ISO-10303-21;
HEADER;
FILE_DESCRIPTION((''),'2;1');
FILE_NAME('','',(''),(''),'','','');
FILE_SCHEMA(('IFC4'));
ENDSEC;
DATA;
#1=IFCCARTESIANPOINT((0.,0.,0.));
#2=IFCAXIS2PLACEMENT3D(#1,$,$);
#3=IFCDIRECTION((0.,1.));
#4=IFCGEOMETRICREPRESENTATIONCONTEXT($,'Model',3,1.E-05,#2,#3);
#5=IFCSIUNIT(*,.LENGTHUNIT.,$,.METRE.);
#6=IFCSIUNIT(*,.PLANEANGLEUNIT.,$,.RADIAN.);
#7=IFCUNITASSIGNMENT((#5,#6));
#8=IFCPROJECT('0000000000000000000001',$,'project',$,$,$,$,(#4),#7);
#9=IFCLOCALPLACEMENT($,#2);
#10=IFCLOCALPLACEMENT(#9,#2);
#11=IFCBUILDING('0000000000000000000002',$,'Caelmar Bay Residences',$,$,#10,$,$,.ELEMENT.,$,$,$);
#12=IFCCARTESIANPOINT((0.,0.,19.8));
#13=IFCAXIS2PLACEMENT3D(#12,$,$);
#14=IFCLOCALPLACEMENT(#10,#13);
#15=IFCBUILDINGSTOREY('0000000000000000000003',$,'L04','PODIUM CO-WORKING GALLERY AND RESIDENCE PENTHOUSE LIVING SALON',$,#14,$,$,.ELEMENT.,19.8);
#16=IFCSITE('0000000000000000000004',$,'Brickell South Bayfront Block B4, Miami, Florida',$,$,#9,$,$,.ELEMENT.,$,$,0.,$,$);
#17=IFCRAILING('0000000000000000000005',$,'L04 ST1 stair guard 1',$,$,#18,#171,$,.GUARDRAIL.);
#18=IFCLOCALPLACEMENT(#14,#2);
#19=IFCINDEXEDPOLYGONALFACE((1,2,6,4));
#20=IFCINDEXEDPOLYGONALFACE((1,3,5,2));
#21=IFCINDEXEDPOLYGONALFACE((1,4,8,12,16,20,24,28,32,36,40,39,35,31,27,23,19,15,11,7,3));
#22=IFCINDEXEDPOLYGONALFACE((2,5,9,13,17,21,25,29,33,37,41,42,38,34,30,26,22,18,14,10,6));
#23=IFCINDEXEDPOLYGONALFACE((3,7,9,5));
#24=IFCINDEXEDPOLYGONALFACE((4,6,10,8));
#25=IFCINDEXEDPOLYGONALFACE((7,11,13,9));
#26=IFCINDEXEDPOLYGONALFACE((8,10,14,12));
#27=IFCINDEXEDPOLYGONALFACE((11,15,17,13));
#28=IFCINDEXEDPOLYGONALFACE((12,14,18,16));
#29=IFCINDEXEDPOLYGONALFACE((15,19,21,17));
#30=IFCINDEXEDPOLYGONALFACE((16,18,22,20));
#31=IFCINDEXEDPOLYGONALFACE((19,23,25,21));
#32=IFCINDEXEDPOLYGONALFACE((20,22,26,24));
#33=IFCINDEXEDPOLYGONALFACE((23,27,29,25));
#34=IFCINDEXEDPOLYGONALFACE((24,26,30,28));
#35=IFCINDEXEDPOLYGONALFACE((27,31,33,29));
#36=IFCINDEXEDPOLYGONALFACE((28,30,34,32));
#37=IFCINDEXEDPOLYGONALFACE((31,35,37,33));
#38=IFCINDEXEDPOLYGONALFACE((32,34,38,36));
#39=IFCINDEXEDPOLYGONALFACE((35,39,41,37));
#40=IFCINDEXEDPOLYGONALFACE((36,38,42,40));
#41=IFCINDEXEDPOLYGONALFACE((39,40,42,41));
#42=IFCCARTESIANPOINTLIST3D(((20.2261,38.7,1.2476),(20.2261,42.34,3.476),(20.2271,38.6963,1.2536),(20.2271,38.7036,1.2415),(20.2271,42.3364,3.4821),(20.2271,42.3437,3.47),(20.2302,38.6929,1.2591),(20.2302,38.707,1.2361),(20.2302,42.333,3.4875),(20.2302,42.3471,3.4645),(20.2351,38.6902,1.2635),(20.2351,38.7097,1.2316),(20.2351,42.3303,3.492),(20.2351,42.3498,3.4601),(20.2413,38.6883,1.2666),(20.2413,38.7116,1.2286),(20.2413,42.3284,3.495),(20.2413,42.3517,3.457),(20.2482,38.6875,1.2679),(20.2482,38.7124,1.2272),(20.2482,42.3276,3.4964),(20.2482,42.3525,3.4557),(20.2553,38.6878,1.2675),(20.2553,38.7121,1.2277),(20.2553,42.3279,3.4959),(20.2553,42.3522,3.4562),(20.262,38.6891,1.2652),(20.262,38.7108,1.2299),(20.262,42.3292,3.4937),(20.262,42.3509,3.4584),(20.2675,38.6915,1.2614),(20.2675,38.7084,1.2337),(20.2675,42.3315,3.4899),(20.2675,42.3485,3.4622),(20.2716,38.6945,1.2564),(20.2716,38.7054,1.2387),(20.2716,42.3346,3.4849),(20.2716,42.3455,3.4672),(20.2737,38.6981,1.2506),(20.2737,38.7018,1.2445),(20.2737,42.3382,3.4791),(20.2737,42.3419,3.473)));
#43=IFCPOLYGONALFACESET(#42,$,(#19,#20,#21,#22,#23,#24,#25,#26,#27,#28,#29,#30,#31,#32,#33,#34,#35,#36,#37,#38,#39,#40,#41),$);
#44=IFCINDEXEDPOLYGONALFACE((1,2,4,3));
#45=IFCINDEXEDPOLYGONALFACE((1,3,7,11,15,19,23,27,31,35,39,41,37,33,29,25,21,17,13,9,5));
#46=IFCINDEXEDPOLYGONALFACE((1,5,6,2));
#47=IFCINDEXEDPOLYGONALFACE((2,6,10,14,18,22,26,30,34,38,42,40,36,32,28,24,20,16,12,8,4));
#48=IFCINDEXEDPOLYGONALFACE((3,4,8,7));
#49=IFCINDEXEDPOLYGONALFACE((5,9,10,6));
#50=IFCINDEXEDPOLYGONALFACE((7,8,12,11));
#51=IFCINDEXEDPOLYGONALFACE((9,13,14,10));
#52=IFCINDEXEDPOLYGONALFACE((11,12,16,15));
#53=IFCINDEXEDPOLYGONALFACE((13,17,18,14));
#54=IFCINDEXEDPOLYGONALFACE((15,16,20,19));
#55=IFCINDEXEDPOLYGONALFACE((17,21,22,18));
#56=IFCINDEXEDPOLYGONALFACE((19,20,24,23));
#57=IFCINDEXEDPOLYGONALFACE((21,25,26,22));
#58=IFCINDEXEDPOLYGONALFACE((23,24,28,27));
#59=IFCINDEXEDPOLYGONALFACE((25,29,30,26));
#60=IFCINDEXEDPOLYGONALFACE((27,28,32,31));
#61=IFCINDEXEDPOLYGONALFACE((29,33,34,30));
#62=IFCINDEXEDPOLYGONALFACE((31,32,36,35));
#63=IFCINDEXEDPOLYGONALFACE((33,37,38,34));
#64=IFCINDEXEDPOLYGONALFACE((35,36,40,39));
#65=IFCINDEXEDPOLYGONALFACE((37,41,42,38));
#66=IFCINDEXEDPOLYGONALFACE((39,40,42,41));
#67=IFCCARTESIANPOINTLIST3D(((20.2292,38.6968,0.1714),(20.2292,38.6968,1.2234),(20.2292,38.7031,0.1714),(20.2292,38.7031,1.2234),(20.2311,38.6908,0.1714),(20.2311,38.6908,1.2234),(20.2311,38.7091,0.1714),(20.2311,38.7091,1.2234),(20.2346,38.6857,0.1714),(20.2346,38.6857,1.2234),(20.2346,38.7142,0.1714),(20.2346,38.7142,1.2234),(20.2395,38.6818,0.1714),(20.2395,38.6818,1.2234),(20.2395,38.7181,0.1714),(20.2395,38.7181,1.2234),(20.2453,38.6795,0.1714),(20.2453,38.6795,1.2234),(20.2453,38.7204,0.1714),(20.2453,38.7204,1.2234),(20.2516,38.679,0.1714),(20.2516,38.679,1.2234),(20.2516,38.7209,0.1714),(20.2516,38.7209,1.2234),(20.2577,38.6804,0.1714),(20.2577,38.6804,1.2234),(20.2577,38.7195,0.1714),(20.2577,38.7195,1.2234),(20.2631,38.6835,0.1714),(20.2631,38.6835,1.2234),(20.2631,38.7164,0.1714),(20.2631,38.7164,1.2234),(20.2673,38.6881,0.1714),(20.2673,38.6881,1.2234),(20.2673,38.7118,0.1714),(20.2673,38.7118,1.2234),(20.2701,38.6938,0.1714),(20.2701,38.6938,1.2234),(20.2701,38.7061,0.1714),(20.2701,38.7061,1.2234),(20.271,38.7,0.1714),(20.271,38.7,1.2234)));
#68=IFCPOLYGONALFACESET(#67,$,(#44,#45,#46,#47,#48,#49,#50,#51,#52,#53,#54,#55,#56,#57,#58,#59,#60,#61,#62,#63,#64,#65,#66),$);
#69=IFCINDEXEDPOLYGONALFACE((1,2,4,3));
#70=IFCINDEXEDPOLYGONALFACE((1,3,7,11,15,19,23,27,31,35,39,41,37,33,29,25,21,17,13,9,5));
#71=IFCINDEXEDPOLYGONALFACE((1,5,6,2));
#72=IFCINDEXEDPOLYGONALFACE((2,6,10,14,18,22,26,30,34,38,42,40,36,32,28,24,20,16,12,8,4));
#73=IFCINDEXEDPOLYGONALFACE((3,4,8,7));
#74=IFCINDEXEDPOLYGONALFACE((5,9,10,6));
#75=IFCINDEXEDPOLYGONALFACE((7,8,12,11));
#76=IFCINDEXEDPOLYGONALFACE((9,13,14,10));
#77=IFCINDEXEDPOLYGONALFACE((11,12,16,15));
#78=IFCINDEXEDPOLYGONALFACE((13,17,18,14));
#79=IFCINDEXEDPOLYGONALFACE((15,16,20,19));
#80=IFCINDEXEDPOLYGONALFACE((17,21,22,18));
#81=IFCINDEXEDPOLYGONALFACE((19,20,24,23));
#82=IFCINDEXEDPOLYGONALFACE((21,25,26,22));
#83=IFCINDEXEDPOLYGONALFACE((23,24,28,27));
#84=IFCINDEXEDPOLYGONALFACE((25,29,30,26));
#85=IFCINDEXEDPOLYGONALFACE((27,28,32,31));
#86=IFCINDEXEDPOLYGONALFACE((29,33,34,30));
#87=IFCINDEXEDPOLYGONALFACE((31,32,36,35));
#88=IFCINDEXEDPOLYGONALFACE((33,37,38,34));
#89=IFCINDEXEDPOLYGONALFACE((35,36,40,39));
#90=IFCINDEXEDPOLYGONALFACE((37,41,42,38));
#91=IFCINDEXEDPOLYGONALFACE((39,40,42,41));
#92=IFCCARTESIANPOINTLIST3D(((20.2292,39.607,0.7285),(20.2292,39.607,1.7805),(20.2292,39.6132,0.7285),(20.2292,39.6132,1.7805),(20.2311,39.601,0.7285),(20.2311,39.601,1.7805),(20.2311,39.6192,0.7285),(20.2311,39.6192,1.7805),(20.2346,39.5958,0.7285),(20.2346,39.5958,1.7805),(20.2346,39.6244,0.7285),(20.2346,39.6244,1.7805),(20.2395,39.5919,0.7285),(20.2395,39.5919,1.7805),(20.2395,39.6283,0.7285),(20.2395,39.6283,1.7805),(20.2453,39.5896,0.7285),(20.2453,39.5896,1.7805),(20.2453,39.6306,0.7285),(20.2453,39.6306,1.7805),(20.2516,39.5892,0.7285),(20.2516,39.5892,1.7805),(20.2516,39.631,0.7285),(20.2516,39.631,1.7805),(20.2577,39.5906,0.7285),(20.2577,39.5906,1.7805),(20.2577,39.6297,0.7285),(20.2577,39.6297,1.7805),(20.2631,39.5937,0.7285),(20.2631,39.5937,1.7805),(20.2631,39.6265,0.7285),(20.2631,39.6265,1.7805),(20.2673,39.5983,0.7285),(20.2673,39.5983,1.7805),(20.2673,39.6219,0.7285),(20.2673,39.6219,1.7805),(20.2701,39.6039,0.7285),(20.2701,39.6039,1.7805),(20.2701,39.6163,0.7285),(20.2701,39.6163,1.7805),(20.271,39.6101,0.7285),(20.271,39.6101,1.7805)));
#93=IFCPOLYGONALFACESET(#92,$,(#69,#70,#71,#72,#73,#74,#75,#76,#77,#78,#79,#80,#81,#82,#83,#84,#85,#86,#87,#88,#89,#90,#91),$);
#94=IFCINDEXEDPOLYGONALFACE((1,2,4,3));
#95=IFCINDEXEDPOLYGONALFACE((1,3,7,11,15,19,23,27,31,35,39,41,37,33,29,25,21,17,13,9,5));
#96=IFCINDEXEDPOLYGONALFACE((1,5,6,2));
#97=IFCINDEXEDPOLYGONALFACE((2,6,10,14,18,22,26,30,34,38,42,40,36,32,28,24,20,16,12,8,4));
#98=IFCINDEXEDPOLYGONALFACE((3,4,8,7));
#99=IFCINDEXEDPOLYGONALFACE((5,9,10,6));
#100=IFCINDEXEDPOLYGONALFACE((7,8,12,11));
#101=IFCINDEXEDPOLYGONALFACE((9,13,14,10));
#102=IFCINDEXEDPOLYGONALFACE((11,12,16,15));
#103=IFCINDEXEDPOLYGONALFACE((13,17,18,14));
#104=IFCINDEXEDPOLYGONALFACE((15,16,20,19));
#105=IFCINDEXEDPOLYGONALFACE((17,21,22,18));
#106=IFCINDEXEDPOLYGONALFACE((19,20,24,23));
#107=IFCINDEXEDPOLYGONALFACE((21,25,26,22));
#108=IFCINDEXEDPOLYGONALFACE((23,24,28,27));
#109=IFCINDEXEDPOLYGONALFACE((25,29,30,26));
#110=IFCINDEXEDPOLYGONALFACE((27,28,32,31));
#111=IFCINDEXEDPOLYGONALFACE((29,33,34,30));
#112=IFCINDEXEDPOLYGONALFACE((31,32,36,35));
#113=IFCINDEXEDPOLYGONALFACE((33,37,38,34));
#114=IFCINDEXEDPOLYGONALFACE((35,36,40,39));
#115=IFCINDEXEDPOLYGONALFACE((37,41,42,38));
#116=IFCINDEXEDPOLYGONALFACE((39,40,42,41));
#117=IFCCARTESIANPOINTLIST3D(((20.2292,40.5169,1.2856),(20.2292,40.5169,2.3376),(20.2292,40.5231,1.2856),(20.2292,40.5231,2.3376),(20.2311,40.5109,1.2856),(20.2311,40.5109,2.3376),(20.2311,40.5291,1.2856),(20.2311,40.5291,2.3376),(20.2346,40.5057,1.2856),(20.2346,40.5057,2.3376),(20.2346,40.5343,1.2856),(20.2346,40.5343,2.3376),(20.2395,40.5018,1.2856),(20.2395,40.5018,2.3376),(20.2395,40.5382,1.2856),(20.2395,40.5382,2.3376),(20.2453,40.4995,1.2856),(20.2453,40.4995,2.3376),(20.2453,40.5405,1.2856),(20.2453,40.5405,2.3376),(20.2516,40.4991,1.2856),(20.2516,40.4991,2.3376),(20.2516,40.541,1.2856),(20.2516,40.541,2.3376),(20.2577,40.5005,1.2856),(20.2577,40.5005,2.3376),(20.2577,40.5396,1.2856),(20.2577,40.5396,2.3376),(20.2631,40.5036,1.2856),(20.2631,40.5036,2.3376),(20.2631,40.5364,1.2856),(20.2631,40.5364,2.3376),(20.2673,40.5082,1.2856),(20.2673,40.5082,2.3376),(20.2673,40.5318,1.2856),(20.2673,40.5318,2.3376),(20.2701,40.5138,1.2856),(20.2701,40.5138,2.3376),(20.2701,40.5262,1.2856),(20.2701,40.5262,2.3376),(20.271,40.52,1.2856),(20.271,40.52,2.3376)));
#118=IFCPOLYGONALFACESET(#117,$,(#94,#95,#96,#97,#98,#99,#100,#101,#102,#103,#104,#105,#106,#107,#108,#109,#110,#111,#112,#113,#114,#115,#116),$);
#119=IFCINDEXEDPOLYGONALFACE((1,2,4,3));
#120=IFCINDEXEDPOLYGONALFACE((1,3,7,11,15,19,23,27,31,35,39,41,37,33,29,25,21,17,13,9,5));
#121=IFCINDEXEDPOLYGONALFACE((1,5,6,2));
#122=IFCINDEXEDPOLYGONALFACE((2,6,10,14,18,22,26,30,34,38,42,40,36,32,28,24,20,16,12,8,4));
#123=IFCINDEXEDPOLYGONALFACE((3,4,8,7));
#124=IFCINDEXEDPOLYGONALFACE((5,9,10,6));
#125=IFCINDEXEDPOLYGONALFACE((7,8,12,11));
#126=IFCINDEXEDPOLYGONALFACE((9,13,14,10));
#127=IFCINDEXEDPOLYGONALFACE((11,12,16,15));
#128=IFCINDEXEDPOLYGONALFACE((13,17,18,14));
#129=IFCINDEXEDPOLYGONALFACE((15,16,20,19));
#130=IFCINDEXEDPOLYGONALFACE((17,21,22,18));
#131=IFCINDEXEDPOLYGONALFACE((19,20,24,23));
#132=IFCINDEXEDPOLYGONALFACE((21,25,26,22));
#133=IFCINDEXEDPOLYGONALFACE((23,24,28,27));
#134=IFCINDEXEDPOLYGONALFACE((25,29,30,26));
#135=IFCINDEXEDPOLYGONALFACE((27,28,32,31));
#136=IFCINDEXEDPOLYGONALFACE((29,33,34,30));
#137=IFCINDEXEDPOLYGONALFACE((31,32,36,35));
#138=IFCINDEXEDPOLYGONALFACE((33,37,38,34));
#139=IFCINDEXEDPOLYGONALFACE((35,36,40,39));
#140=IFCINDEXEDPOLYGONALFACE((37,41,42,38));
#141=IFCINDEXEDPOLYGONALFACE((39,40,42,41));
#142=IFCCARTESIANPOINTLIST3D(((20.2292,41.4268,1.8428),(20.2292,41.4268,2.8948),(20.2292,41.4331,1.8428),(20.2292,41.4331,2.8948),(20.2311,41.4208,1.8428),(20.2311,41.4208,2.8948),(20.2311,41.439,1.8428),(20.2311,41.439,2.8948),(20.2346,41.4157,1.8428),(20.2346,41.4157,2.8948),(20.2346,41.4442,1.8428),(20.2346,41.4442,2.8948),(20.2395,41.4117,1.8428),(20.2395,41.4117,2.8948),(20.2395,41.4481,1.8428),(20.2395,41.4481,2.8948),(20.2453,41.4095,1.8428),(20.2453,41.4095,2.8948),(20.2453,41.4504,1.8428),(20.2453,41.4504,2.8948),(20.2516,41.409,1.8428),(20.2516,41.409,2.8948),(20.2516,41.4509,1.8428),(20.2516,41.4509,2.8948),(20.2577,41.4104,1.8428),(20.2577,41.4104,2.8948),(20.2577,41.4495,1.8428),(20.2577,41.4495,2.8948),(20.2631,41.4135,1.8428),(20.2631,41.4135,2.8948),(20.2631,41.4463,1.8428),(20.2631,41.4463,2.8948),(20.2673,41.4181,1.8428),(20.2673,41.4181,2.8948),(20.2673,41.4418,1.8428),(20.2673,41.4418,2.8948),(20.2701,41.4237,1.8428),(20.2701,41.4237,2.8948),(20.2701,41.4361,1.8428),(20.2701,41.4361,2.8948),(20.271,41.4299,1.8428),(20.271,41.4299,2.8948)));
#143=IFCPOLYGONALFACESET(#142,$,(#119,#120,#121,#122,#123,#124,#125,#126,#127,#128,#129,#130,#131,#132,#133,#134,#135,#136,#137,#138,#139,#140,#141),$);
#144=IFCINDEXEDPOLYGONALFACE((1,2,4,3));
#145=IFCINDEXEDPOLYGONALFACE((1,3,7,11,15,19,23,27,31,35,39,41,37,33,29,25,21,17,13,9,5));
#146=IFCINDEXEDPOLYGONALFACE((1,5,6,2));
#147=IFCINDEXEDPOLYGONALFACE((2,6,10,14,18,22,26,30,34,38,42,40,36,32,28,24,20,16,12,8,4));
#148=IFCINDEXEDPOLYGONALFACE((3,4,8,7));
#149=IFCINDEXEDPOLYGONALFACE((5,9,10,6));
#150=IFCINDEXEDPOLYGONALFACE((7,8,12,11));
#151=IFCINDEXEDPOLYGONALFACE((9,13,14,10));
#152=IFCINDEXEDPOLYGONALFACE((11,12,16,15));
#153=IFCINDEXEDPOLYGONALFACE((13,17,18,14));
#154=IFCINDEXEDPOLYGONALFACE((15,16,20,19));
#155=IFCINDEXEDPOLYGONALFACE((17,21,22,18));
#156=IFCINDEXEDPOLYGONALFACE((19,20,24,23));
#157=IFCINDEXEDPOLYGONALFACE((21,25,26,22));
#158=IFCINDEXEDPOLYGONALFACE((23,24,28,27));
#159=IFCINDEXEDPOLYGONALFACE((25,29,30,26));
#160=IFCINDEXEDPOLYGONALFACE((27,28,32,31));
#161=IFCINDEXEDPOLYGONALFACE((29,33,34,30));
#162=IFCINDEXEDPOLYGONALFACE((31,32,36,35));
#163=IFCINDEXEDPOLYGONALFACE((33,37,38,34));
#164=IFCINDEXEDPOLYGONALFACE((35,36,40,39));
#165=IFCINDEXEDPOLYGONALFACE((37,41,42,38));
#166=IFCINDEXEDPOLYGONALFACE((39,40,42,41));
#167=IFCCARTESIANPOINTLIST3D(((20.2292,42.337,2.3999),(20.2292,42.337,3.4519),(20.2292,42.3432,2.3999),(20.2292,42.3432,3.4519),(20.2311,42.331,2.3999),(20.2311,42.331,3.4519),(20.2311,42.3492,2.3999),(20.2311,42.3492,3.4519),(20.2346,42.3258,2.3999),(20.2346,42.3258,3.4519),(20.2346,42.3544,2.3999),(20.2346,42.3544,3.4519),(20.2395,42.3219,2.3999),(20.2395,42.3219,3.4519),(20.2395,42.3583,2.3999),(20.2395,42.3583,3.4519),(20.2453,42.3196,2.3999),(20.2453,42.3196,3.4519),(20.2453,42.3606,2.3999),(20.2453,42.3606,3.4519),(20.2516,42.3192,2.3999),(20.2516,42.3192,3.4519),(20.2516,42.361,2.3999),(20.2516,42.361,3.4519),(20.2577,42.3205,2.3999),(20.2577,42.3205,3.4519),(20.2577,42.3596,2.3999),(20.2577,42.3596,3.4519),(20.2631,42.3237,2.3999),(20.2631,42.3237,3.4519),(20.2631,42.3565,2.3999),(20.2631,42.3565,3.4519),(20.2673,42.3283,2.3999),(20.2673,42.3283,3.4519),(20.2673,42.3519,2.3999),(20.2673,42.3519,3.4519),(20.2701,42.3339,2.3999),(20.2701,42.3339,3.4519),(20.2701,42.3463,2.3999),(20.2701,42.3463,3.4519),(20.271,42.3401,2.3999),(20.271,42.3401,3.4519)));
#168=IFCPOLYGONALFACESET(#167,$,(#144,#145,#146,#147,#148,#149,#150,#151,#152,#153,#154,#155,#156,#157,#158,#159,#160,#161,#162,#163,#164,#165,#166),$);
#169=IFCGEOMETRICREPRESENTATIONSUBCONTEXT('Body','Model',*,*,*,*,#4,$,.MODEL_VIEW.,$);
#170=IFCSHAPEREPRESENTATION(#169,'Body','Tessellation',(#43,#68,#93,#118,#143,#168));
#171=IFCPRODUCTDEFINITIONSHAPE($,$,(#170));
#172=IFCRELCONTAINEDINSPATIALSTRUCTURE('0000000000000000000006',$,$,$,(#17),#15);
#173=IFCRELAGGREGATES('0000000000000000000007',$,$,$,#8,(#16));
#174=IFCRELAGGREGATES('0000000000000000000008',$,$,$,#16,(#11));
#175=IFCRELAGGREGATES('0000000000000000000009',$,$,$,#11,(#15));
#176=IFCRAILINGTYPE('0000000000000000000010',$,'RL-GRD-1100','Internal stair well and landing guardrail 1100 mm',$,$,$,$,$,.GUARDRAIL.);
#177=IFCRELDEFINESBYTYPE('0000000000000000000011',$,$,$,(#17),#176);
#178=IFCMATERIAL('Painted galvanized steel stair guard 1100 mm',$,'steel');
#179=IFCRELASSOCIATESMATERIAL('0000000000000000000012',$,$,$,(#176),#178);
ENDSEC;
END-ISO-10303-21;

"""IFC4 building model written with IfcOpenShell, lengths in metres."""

from ifc_helpers import new_model, si_unit, direction, frame, origin, origin_2d, place, context, subcontext, project, spatial, circle, extrude, material, type_object, element, save


model = new_model("IFC4")

# Units and contexts
model_context = context("Model", 3, precision=1e-05, world=origin(), true_north=direction((0.0, 1.0)))
body_context = subcontext(model_context, "Body", "Model", "MODEL_VIEW")
ifc_project = project(units=[si_unit("LENGTHUNIT", "METRE"), si_unit("PLANEANGLEUNIT", "RADIAN")], contexts=[model_context])

# Site, building, storey
site_placement = place(None, origin())
site = spatial("IfcSite", under=ifc_project, at=site_placement, Name="Brickell South Bayfront Block B4, Miami, Florida", CompositionType="ELEMENT", RefElevation=0.0)
building_placement = place(site_placement, origin())
building = spatial("IfcBuilding", under=site, at=building_placement, Name="Caelmar Bay Residences", CompositionType="ELEMENT")
storey_placement = place(building_placement, frame((0.0, 0.0, 19.8)))
storey = spatial("IfcBuildingStorey", under=building, at=storey_placement, Name="L04", Description="PODIUM CO-WORKING GALLERY AND RESIDENCE PENTHOUSE LIVING SALON", CompositionType="ELEMENT", Elevation=19.8)

# Railing
ifc_material_1 = material(Name="Painted galvanized steel stair guard 1100 mm", Category="steel")
railing_type_1 = type_object("IfcRailingType", Name="RL-GRD-1100", Description="Internal stair well and landing guardrail 1100 mm", PredefinedType="GUARDRAIL", material=ifc_material_1)
railing_1_placement = place(storey_placement, frame((20.25, 38.7, 0.1714)))
element("IfcRailing", 1, at=railing_1_placement, inside=storey, type_object=railing_type_1, Name="L04 ST1 stair guard 1", PredefinedType="GUARDRAIL", context=body_context, shape_type="SweptSolid", body=[
    extrude(circle(Radius=0.0239, at=origin_2d()), frame((0.0, 0.0, 1.0762), z_axis=(0.0, 0.852866, 0.52213), x_axis=(-1.0, 0.0, 0.0)), (0.0, 0.0, 1.0), 4.2681),
    extrude(circle(Radius=0.021, at=origin_2d()), origin(), (0.0, 0.0, 1.0), 1.052),
    extrude(circle(Radius=0.021, at=origin_2d()), frame((0.0, 0.9102, 0.5571)), (0.0, 0.0, 1.0), 1.052),
    extrude(circle(Radius=0.021, at=origin_2d()), frame((0.0, 1.8201, 1.1143)), (0.0, 0.0, 1.0), 1.052),
    extrude(circle(Radius=0.021, at=origin_2d()), frame((0.0, 2.73, 1.6714)), (0.0, 0.0, 1.0), 1.052),
    extrude(circle(Radius=0.021, at=origin_2d()), frame((0.0, 3.6401, 2.2285)), (0.0, 0.0, 1.0), 1.052),
])

save(model, "model.ifc")
